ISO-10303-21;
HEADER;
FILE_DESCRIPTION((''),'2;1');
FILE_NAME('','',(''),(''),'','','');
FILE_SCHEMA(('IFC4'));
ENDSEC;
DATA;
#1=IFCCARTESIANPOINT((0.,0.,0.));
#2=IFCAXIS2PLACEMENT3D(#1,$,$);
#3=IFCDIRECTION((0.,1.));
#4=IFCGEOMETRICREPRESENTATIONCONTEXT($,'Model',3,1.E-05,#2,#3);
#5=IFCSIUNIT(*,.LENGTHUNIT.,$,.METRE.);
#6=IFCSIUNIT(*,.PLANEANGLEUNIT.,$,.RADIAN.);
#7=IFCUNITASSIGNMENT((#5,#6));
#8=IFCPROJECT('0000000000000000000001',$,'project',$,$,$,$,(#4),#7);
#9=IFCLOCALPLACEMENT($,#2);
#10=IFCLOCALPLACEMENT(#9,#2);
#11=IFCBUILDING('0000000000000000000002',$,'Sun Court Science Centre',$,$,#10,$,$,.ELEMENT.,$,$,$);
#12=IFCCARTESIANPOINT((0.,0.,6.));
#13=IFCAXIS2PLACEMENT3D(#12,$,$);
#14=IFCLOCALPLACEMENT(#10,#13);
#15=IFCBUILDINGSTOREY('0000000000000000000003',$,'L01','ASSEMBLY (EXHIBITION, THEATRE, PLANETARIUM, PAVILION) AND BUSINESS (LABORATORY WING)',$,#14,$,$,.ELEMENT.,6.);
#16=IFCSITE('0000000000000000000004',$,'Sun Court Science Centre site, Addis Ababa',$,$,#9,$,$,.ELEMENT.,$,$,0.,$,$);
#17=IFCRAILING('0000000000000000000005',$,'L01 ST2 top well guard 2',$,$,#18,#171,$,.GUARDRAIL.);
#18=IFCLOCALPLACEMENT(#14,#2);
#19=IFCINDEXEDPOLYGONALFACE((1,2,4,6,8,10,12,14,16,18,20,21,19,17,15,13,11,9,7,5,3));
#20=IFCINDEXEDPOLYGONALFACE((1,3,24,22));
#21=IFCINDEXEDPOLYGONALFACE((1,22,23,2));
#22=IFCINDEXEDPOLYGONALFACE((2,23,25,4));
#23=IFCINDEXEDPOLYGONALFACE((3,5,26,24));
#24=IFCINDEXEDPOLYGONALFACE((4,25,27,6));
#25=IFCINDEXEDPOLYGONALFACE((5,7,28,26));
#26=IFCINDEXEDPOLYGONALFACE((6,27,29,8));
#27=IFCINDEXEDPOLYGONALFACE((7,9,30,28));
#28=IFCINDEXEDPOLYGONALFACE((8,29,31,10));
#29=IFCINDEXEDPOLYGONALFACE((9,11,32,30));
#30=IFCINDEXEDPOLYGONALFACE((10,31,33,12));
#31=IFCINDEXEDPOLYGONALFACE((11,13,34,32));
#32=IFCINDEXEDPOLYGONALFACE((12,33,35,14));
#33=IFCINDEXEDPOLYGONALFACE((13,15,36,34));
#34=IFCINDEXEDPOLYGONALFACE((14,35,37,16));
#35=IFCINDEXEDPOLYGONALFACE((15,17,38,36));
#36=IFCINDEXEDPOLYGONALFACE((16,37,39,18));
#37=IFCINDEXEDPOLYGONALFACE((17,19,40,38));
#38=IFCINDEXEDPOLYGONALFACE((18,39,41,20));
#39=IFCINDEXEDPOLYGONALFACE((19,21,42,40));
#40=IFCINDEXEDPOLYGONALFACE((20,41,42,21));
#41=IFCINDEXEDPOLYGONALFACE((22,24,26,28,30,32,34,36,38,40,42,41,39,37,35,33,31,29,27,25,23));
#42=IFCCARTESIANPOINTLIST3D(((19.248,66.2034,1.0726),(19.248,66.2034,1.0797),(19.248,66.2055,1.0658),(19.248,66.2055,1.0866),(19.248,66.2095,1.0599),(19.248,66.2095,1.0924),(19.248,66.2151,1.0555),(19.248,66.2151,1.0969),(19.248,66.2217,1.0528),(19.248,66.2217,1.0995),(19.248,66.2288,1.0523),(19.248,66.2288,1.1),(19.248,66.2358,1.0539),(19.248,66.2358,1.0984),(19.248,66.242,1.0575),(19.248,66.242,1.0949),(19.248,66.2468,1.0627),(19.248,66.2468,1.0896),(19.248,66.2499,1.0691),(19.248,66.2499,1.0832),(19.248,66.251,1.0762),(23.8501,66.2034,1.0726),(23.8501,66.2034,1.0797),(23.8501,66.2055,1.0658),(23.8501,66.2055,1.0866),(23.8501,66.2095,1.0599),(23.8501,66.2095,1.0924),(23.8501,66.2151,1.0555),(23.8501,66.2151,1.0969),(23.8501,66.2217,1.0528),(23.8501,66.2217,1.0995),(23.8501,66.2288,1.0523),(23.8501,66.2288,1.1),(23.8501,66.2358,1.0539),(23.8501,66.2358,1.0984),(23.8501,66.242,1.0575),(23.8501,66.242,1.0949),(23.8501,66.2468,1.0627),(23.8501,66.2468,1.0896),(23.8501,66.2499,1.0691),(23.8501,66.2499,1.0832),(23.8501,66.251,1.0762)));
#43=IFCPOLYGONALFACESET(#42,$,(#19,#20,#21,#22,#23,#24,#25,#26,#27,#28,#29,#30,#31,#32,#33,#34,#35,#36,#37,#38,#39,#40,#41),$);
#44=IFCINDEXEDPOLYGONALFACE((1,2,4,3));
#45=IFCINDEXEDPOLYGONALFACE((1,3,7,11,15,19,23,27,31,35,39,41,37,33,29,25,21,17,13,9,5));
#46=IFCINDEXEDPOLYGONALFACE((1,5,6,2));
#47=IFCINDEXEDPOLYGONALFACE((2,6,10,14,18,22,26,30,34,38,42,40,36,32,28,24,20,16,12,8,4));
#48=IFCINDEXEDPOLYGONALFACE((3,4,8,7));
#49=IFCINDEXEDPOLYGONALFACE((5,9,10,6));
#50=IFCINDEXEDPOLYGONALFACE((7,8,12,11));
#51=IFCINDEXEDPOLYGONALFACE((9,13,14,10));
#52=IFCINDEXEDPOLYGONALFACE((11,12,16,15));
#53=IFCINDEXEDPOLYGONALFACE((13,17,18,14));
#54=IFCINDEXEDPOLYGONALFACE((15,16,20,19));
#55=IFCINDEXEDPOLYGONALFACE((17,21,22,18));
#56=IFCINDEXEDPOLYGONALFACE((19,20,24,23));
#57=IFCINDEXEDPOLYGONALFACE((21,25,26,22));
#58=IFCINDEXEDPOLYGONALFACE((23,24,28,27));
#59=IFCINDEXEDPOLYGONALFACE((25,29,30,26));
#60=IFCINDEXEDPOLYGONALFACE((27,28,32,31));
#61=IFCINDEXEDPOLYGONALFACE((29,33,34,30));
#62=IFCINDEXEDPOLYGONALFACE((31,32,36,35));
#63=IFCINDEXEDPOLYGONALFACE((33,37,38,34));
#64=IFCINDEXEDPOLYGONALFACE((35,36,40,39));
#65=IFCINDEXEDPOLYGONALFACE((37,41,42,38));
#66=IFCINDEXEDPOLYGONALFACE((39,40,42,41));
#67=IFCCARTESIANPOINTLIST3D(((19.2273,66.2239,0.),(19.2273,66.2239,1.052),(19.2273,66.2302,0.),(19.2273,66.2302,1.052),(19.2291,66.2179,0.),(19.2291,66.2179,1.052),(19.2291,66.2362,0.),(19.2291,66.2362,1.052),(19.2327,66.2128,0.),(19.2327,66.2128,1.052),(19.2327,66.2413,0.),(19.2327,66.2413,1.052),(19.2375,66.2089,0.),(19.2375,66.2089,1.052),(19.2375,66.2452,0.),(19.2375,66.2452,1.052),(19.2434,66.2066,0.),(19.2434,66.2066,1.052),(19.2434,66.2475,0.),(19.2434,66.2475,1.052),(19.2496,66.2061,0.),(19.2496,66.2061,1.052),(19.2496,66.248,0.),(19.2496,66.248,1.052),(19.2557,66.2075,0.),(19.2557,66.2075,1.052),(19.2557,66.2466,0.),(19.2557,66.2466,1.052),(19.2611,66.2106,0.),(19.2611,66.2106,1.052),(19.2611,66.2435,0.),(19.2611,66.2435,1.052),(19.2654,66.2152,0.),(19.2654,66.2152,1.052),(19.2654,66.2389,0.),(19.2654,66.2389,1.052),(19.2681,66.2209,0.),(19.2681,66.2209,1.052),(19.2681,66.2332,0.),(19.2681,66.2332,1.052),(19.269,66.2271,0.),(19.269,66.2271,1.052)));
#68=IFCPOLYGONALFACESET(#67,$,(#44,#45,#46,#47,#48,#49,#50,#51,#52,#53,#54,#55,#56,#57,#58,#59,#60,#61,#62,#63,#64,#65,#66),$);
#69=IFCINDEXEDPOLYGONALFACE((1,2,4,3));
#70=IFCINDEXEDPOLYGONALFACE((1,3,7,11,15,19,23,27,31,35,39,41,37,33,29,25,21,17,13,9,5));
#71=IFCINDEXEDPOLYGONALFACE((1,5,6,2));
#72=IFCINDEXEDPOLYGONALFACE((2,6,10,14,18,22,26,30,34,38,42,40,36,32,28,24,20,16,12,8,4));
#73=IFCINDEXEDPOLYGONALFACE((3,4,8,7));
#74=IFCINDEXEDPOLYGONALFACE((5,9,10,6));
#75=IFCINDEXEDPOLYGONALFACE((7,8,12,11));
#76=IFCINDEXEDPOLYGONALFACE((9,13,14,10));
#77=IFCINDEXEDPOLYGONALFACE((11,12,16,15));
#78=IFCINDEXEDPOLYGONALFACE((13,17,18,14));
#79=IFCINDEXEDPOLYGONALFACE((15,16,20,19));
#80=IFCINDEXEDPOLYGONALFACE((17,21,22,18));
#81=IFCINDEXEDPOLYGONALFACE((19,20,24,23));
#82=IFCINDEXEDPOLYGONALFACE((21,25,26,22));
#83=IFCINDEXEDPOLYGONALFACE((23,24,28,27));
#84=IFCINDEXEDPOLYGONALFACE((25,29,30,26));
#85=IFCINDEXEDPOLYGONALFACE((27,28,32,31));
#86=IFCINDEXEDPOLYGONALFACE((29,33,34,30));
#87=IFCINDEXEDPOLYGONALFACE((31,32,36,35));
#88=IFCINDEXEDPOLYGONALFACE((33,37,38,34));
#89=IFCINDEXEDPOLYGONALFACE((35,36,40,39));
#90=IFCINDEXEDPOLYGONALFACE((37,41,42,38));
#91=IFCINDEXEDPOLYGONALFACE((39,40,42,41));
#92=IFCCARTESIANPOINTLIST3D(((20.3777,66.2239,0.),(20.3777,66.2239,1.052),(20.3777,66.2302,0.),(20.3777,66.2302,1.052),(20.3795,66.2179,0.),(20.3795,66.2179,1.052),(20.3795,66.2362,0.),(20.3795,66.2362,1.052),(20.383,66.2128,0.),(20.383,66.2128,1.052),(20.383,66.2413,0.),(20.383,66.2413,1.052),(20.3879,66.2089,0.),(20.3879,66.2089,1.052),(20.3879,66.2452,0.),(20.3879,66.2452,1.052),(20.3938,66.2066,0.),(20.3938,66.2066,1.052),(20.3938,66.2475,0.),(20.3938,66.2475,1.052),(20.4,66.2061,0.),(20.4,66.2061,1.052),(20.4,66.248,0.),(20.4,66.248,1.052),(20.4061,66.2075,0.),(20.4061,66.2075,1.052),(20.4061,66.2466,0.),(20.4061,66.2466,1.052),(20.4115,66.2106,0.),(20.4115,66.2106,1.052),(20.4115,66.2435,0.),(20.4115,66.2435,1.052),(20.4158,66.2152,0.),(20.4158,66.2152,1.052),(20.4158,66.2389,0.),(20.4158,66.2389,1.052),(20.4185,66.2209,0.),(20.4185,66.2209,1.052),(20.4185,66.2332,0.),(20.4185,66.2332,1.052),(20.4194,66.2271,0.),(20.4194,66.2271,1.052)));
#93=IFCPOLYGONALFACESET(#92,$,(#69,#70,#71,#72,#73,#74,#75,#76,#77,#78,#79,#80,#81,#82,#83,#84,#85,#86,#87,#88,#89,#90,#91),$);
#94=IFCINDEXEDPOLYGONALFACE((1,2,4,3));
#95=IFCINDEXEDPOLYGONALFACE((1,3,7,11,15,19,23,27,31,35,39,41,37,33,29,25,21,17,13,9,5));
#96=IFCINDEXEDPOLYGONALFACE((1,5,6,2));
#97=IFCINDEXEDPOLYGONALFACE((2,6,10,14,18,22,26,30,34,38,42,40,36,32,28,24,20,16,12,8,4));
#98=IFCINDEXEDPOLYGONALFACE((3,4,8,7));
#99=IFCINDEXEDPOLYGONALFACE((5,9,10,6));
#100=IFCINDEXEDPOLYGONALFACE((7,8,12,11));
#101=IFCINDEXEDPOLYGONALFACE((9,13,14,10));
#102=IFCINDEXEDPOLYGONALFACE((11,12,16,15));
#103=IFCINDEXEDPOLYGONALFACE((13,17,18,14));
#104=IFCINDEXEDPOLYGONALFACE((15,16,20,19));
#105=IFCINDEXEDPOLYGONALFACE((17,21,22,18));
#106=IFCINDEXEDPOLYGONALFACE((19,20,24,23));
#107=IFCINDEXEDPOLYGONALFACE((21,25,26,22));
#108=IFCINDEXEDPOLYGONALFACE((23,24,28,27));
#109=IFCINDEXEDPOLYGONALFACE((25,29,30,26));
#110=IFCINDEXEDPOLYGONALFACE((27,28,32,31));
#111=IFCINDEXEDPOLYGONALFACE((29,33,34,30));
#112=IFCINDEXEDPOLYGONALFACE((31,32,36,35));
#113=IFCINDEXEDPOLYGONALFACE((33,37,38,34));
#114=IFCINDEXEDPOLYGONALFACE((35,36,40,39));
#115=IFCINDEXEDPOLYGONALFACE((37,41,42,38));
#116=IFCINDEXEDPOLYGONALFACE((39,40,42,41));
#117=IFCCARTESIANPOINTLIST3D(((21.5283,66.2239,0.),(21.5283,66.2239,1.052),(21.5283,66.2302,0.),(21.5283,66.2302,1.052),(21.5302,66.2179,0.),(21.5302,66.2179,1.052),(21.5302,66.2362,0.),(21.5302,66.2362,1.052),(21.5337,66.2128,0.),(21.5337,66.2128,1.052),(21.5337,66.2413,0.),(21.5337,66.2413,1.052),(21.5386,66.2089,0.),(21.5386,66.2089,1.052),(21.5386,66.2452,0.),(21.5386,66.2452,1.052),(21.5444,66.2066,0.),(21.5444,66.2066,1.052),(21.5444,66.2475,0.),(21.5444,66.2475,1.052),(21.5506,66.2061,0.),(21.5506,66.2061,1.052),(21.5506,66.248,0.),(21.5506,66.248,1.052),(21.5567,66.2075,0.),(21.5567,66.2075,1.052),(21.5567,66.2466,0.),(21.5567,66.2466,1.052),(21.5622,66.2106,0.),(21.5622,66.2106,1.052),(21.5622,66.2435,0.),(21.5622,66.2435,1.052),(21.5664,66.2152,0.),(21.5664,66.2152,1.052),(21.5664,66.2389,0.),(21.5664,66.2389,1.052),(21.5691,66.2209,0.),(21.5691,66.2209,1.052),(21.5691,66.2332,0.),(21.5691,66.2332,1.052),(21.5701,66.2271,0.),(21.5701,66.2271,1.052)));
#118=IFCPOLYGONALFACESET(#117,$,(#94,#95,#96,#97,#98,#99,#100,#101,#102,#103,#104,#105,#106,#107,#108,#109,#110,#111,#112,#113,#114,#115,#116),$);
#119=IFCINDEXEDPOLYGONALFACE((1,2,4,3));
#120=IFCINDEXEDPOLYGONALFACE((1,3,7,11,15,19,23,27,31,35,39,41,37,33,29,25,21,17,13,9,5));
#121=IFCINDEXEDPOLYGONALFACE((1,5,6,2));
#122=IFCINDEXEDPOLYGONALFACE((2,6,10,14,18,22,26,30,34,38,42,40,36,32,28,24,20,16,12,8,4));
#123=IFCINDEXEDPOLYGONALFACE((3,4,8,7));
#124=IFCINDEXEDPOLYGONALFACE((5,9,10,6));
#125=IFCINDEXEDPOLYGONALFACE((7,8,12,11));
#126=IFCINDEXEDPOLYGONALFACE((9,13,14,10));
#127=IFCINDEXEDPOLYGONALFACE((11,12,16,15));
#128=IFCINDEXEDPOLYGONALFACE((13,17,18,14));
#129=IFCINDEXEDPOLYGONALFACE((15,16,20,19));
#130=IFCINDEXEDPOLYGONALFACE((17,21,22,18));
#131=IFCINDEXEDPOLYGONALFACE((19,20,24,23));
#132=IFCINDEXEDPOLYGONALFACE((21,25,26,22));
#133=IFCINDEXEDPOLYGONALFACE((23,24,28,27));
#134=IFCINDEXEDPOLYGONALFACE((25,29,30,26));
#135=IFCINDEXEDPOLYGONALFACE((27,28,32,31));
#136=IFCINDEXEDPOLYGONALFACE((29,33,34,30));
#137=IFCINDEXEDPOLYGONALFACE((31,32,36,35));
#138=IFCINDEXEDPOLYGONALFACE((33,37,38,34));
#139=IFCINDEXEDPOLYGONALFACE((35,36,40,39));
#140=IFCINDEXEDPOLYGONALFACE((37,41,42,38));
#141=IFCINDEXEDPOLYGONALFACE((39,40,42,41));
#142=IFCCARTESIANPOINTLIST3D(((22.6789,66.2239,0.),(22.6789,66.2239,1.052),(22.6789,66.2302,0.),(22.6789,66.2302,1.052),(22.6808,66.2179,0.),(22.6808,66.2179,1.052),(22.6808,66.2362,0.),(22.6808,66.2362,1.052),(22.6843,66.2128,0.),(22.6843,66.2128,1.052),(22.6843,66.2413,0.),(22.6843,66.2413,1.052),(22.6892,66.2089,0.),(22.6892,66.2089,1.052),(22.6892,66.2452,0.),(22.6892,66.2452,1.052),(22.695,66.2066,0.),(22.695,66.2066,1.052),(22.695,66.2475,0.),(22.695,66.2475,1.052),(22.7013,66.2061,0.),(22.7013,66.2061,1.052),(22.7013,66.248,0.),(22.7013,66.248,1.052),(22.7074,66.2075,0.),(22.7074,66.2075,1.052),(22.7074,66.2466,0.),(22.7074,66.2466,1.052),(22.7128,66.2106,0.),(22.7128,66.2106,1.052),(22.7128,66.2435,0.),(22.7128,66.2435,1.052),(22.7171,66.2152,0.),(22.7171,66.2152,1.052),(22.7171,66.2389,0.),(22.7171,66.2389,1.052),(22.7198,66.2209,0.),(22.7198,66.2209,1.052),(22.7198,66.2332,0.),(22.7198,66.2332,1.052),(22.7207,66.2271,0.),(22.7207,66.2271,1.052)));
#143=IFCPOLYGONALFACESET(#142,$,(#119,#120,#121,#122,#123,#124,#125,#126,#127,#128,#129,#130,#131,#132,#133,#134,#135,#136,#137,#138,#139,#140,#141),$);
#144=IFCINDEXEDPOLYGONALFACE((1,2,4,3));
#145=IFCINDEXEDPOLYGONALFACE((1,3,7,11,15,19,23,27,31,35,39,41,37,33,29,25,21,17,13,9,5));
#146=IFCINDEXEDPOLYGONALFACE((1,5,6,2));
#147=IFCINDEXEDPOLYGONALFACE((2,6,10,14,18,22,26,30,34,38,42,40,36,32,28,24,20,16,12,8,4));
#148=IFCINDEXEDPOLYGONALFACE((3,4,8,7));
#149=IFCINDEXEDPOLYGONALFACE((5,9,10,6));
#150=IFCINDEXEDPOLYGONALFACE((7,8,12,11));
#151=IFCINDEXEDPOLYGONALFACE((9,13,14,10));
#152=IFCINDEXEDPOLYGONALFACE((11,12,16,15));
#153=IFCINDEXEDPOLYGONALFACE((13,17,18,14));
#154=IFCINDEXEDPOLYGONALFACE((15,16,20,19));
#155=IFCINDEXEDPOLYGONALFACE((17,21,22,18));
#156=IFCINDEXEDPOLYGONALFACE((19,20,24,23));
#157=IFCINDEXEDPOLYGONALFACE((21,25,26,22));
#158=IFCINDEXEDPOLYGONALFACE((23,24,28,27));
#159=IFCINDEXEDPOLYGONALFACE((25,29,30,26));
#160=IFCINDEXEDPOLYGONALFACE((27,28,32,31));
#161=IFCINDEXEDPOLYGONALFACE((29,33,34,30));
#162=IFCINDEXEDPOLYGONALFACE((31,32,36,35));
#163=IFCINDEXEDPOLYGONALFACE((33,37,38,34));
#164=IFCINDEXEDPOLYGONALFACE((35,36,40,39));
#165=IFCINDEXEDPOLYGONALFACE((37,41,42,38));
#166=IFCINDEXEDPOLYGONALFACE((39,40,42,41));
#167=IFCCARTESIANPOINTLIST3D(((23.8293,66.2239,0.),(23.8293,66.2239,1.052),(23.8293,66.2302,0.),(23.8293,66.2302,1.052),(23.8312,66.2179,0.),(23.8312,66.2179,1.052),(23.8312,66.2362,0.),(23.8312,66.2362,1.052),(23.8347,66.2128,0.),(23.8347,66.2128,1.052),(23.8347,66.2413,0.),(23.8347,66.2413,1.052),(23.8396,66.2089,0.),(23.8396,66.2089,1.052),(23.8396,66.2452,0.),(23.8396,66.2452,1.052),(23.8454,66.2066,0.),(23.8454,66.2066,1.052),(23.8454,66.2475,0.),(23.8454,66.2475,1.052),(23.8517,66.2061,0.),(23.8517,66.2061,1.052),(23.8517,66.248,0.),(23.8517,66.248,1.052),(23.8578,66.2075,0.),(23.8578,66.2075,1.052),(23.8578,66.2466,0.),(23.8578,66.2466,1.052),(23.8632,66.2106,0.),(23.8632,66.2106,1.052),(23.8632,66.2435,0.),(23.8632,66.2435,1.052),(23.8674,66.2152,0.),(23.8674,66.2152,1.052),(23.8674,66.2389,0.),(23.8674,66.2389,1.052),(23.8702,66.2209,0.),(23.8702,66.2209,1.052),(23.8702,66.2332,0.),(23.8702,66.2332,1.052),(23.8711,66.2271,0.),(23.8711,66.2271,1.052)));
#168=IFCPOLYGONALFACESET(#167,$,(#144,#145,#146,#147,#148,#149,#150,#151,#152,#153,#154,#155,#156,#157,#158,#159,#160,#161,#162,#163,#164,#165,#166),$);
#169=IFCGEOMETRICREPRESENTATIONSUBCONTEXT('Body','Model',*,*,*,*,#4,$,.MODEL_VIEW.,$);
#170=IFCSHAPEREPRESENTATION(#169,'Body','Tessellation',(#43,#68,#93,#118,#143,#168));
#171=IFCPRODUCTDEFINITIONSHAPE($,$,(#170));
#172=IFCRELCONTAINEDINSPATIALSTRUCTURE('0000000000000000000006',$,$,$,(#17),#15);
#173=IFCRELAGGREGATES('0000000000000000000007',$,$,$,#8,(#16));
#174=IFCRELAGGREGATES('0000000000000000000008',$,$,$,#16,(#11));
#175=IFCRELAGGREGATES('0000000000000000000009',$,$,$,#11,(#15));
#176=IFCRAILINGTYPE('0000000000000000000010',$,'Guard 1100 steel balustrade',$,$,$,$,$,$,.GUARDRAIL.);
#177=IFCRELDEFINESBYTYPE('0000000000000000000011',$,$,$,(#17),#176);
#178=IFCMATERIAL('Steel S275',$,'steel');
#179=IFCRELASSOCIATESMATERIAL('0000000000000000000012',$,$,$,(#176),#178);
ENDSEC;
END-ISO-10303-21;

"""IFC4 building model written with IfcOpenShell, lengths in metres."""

from ifc_helpers import new_model, si_unit, direction, frame, origin, origin_2d, place, context, subcontext, project, spatial, circle, extrude, material, type_object, element, save


model = new_model("IFC4")

# Units and contexts
model_context = context("Model", 3, precision=1e-05, world=origin(), true_north=direction((0.0, 1.0)))
body_context = subcontext(model_context, "Body", "Model", "MODEL_VIEW")
ifc_project = project(units=[si_unit("LENGTHUNIT", "METRE"), si_unit("PLANEANGLEUNIT", "RADIAN")], contexts=[model_context])

# Site, building, storey
site_placement = place(None, origin())
site = spatial("IfcSite", under=ifc_project, at=site_placement, Name="Sun Court Science Centre site, Addis Ababa", CompositionType="ELEMENT", RefElevation=0.0)
building_placement = place(site_placement, origin())
building = spatial("IfcBuilding", under=site, at=building_placement, Name="Sun Court Science Centre", CompositionType="ELEMENT")
storey_placement = place(building_placement, frame((0.0, 0.0, 6.0)))
storey = spatial("IfcBuildingStorey", under=building, at=storey_placement, Name="L01", Description="ASSEMBLY (EXHIBITION, THEATRE, PLANETARIUM, PAVILION) AND BUSINESS (LABORATORY WING)", CompositionType="ELEMENT", Elevation=6.0)

# Railing
ifc_material_1 = material(Name="Steel S275", Category="steel")
railing_type = type_object("IfcRailingType", Name="Guard 1100 steel balustrade", PredefinedType="GUARDRAIL", material=ifc_material_1)
for number, where, name in (
    (1, (19.248, 66.2271, 0.0), "L01 ST2 top well guard 2"),
):
    element("IfcRailing", number, at=place(storey_placement, frame(where)), inside=storey, type_object=railing_type, Name=name, PredefinedType="GUARDRAIL", context=body_context, shape_type="SweptSolid", body=[
        extrude(circle(Radius=0.0239, at=origin_2d()), frame((0.0, 0.0, 1.0762), z_axis=(1.0, 0.0, 0.0), x_axis=(0.0, 1.0, 0.0)), (0.0, 0.0, 1.0), 4.6021),
        extrude(circle(Radius=0.021, at=origin_2d()), origin(), (0.0, 0.0, 1.0), 1.052),
        extrude(circle(Radius=0.021, at=origin_2d()), frame((1.1504, 0.0, 0.0)), (0.0, 0.0, 1.0), 1.052),
        extrude(circle(Radius=0.021, at=origin_2d()), frame((2.301, 0.0, 0.0)), (0.0, 0.0, 1.0), 1.052),
        extrude(circle(Radius=0.021, at=origin_2d()), frame((3.4517, 0.0, 0.0)), (0.0, 0.0, 1.0), 1.052),
        extrude(circle(Radius=0.021, at=origin_2d()), frame((4.6021, 0.0, 0.0)), (0.0, 0.0, 1.0), 1.052),
    ])

save(model, "model.ifc")
